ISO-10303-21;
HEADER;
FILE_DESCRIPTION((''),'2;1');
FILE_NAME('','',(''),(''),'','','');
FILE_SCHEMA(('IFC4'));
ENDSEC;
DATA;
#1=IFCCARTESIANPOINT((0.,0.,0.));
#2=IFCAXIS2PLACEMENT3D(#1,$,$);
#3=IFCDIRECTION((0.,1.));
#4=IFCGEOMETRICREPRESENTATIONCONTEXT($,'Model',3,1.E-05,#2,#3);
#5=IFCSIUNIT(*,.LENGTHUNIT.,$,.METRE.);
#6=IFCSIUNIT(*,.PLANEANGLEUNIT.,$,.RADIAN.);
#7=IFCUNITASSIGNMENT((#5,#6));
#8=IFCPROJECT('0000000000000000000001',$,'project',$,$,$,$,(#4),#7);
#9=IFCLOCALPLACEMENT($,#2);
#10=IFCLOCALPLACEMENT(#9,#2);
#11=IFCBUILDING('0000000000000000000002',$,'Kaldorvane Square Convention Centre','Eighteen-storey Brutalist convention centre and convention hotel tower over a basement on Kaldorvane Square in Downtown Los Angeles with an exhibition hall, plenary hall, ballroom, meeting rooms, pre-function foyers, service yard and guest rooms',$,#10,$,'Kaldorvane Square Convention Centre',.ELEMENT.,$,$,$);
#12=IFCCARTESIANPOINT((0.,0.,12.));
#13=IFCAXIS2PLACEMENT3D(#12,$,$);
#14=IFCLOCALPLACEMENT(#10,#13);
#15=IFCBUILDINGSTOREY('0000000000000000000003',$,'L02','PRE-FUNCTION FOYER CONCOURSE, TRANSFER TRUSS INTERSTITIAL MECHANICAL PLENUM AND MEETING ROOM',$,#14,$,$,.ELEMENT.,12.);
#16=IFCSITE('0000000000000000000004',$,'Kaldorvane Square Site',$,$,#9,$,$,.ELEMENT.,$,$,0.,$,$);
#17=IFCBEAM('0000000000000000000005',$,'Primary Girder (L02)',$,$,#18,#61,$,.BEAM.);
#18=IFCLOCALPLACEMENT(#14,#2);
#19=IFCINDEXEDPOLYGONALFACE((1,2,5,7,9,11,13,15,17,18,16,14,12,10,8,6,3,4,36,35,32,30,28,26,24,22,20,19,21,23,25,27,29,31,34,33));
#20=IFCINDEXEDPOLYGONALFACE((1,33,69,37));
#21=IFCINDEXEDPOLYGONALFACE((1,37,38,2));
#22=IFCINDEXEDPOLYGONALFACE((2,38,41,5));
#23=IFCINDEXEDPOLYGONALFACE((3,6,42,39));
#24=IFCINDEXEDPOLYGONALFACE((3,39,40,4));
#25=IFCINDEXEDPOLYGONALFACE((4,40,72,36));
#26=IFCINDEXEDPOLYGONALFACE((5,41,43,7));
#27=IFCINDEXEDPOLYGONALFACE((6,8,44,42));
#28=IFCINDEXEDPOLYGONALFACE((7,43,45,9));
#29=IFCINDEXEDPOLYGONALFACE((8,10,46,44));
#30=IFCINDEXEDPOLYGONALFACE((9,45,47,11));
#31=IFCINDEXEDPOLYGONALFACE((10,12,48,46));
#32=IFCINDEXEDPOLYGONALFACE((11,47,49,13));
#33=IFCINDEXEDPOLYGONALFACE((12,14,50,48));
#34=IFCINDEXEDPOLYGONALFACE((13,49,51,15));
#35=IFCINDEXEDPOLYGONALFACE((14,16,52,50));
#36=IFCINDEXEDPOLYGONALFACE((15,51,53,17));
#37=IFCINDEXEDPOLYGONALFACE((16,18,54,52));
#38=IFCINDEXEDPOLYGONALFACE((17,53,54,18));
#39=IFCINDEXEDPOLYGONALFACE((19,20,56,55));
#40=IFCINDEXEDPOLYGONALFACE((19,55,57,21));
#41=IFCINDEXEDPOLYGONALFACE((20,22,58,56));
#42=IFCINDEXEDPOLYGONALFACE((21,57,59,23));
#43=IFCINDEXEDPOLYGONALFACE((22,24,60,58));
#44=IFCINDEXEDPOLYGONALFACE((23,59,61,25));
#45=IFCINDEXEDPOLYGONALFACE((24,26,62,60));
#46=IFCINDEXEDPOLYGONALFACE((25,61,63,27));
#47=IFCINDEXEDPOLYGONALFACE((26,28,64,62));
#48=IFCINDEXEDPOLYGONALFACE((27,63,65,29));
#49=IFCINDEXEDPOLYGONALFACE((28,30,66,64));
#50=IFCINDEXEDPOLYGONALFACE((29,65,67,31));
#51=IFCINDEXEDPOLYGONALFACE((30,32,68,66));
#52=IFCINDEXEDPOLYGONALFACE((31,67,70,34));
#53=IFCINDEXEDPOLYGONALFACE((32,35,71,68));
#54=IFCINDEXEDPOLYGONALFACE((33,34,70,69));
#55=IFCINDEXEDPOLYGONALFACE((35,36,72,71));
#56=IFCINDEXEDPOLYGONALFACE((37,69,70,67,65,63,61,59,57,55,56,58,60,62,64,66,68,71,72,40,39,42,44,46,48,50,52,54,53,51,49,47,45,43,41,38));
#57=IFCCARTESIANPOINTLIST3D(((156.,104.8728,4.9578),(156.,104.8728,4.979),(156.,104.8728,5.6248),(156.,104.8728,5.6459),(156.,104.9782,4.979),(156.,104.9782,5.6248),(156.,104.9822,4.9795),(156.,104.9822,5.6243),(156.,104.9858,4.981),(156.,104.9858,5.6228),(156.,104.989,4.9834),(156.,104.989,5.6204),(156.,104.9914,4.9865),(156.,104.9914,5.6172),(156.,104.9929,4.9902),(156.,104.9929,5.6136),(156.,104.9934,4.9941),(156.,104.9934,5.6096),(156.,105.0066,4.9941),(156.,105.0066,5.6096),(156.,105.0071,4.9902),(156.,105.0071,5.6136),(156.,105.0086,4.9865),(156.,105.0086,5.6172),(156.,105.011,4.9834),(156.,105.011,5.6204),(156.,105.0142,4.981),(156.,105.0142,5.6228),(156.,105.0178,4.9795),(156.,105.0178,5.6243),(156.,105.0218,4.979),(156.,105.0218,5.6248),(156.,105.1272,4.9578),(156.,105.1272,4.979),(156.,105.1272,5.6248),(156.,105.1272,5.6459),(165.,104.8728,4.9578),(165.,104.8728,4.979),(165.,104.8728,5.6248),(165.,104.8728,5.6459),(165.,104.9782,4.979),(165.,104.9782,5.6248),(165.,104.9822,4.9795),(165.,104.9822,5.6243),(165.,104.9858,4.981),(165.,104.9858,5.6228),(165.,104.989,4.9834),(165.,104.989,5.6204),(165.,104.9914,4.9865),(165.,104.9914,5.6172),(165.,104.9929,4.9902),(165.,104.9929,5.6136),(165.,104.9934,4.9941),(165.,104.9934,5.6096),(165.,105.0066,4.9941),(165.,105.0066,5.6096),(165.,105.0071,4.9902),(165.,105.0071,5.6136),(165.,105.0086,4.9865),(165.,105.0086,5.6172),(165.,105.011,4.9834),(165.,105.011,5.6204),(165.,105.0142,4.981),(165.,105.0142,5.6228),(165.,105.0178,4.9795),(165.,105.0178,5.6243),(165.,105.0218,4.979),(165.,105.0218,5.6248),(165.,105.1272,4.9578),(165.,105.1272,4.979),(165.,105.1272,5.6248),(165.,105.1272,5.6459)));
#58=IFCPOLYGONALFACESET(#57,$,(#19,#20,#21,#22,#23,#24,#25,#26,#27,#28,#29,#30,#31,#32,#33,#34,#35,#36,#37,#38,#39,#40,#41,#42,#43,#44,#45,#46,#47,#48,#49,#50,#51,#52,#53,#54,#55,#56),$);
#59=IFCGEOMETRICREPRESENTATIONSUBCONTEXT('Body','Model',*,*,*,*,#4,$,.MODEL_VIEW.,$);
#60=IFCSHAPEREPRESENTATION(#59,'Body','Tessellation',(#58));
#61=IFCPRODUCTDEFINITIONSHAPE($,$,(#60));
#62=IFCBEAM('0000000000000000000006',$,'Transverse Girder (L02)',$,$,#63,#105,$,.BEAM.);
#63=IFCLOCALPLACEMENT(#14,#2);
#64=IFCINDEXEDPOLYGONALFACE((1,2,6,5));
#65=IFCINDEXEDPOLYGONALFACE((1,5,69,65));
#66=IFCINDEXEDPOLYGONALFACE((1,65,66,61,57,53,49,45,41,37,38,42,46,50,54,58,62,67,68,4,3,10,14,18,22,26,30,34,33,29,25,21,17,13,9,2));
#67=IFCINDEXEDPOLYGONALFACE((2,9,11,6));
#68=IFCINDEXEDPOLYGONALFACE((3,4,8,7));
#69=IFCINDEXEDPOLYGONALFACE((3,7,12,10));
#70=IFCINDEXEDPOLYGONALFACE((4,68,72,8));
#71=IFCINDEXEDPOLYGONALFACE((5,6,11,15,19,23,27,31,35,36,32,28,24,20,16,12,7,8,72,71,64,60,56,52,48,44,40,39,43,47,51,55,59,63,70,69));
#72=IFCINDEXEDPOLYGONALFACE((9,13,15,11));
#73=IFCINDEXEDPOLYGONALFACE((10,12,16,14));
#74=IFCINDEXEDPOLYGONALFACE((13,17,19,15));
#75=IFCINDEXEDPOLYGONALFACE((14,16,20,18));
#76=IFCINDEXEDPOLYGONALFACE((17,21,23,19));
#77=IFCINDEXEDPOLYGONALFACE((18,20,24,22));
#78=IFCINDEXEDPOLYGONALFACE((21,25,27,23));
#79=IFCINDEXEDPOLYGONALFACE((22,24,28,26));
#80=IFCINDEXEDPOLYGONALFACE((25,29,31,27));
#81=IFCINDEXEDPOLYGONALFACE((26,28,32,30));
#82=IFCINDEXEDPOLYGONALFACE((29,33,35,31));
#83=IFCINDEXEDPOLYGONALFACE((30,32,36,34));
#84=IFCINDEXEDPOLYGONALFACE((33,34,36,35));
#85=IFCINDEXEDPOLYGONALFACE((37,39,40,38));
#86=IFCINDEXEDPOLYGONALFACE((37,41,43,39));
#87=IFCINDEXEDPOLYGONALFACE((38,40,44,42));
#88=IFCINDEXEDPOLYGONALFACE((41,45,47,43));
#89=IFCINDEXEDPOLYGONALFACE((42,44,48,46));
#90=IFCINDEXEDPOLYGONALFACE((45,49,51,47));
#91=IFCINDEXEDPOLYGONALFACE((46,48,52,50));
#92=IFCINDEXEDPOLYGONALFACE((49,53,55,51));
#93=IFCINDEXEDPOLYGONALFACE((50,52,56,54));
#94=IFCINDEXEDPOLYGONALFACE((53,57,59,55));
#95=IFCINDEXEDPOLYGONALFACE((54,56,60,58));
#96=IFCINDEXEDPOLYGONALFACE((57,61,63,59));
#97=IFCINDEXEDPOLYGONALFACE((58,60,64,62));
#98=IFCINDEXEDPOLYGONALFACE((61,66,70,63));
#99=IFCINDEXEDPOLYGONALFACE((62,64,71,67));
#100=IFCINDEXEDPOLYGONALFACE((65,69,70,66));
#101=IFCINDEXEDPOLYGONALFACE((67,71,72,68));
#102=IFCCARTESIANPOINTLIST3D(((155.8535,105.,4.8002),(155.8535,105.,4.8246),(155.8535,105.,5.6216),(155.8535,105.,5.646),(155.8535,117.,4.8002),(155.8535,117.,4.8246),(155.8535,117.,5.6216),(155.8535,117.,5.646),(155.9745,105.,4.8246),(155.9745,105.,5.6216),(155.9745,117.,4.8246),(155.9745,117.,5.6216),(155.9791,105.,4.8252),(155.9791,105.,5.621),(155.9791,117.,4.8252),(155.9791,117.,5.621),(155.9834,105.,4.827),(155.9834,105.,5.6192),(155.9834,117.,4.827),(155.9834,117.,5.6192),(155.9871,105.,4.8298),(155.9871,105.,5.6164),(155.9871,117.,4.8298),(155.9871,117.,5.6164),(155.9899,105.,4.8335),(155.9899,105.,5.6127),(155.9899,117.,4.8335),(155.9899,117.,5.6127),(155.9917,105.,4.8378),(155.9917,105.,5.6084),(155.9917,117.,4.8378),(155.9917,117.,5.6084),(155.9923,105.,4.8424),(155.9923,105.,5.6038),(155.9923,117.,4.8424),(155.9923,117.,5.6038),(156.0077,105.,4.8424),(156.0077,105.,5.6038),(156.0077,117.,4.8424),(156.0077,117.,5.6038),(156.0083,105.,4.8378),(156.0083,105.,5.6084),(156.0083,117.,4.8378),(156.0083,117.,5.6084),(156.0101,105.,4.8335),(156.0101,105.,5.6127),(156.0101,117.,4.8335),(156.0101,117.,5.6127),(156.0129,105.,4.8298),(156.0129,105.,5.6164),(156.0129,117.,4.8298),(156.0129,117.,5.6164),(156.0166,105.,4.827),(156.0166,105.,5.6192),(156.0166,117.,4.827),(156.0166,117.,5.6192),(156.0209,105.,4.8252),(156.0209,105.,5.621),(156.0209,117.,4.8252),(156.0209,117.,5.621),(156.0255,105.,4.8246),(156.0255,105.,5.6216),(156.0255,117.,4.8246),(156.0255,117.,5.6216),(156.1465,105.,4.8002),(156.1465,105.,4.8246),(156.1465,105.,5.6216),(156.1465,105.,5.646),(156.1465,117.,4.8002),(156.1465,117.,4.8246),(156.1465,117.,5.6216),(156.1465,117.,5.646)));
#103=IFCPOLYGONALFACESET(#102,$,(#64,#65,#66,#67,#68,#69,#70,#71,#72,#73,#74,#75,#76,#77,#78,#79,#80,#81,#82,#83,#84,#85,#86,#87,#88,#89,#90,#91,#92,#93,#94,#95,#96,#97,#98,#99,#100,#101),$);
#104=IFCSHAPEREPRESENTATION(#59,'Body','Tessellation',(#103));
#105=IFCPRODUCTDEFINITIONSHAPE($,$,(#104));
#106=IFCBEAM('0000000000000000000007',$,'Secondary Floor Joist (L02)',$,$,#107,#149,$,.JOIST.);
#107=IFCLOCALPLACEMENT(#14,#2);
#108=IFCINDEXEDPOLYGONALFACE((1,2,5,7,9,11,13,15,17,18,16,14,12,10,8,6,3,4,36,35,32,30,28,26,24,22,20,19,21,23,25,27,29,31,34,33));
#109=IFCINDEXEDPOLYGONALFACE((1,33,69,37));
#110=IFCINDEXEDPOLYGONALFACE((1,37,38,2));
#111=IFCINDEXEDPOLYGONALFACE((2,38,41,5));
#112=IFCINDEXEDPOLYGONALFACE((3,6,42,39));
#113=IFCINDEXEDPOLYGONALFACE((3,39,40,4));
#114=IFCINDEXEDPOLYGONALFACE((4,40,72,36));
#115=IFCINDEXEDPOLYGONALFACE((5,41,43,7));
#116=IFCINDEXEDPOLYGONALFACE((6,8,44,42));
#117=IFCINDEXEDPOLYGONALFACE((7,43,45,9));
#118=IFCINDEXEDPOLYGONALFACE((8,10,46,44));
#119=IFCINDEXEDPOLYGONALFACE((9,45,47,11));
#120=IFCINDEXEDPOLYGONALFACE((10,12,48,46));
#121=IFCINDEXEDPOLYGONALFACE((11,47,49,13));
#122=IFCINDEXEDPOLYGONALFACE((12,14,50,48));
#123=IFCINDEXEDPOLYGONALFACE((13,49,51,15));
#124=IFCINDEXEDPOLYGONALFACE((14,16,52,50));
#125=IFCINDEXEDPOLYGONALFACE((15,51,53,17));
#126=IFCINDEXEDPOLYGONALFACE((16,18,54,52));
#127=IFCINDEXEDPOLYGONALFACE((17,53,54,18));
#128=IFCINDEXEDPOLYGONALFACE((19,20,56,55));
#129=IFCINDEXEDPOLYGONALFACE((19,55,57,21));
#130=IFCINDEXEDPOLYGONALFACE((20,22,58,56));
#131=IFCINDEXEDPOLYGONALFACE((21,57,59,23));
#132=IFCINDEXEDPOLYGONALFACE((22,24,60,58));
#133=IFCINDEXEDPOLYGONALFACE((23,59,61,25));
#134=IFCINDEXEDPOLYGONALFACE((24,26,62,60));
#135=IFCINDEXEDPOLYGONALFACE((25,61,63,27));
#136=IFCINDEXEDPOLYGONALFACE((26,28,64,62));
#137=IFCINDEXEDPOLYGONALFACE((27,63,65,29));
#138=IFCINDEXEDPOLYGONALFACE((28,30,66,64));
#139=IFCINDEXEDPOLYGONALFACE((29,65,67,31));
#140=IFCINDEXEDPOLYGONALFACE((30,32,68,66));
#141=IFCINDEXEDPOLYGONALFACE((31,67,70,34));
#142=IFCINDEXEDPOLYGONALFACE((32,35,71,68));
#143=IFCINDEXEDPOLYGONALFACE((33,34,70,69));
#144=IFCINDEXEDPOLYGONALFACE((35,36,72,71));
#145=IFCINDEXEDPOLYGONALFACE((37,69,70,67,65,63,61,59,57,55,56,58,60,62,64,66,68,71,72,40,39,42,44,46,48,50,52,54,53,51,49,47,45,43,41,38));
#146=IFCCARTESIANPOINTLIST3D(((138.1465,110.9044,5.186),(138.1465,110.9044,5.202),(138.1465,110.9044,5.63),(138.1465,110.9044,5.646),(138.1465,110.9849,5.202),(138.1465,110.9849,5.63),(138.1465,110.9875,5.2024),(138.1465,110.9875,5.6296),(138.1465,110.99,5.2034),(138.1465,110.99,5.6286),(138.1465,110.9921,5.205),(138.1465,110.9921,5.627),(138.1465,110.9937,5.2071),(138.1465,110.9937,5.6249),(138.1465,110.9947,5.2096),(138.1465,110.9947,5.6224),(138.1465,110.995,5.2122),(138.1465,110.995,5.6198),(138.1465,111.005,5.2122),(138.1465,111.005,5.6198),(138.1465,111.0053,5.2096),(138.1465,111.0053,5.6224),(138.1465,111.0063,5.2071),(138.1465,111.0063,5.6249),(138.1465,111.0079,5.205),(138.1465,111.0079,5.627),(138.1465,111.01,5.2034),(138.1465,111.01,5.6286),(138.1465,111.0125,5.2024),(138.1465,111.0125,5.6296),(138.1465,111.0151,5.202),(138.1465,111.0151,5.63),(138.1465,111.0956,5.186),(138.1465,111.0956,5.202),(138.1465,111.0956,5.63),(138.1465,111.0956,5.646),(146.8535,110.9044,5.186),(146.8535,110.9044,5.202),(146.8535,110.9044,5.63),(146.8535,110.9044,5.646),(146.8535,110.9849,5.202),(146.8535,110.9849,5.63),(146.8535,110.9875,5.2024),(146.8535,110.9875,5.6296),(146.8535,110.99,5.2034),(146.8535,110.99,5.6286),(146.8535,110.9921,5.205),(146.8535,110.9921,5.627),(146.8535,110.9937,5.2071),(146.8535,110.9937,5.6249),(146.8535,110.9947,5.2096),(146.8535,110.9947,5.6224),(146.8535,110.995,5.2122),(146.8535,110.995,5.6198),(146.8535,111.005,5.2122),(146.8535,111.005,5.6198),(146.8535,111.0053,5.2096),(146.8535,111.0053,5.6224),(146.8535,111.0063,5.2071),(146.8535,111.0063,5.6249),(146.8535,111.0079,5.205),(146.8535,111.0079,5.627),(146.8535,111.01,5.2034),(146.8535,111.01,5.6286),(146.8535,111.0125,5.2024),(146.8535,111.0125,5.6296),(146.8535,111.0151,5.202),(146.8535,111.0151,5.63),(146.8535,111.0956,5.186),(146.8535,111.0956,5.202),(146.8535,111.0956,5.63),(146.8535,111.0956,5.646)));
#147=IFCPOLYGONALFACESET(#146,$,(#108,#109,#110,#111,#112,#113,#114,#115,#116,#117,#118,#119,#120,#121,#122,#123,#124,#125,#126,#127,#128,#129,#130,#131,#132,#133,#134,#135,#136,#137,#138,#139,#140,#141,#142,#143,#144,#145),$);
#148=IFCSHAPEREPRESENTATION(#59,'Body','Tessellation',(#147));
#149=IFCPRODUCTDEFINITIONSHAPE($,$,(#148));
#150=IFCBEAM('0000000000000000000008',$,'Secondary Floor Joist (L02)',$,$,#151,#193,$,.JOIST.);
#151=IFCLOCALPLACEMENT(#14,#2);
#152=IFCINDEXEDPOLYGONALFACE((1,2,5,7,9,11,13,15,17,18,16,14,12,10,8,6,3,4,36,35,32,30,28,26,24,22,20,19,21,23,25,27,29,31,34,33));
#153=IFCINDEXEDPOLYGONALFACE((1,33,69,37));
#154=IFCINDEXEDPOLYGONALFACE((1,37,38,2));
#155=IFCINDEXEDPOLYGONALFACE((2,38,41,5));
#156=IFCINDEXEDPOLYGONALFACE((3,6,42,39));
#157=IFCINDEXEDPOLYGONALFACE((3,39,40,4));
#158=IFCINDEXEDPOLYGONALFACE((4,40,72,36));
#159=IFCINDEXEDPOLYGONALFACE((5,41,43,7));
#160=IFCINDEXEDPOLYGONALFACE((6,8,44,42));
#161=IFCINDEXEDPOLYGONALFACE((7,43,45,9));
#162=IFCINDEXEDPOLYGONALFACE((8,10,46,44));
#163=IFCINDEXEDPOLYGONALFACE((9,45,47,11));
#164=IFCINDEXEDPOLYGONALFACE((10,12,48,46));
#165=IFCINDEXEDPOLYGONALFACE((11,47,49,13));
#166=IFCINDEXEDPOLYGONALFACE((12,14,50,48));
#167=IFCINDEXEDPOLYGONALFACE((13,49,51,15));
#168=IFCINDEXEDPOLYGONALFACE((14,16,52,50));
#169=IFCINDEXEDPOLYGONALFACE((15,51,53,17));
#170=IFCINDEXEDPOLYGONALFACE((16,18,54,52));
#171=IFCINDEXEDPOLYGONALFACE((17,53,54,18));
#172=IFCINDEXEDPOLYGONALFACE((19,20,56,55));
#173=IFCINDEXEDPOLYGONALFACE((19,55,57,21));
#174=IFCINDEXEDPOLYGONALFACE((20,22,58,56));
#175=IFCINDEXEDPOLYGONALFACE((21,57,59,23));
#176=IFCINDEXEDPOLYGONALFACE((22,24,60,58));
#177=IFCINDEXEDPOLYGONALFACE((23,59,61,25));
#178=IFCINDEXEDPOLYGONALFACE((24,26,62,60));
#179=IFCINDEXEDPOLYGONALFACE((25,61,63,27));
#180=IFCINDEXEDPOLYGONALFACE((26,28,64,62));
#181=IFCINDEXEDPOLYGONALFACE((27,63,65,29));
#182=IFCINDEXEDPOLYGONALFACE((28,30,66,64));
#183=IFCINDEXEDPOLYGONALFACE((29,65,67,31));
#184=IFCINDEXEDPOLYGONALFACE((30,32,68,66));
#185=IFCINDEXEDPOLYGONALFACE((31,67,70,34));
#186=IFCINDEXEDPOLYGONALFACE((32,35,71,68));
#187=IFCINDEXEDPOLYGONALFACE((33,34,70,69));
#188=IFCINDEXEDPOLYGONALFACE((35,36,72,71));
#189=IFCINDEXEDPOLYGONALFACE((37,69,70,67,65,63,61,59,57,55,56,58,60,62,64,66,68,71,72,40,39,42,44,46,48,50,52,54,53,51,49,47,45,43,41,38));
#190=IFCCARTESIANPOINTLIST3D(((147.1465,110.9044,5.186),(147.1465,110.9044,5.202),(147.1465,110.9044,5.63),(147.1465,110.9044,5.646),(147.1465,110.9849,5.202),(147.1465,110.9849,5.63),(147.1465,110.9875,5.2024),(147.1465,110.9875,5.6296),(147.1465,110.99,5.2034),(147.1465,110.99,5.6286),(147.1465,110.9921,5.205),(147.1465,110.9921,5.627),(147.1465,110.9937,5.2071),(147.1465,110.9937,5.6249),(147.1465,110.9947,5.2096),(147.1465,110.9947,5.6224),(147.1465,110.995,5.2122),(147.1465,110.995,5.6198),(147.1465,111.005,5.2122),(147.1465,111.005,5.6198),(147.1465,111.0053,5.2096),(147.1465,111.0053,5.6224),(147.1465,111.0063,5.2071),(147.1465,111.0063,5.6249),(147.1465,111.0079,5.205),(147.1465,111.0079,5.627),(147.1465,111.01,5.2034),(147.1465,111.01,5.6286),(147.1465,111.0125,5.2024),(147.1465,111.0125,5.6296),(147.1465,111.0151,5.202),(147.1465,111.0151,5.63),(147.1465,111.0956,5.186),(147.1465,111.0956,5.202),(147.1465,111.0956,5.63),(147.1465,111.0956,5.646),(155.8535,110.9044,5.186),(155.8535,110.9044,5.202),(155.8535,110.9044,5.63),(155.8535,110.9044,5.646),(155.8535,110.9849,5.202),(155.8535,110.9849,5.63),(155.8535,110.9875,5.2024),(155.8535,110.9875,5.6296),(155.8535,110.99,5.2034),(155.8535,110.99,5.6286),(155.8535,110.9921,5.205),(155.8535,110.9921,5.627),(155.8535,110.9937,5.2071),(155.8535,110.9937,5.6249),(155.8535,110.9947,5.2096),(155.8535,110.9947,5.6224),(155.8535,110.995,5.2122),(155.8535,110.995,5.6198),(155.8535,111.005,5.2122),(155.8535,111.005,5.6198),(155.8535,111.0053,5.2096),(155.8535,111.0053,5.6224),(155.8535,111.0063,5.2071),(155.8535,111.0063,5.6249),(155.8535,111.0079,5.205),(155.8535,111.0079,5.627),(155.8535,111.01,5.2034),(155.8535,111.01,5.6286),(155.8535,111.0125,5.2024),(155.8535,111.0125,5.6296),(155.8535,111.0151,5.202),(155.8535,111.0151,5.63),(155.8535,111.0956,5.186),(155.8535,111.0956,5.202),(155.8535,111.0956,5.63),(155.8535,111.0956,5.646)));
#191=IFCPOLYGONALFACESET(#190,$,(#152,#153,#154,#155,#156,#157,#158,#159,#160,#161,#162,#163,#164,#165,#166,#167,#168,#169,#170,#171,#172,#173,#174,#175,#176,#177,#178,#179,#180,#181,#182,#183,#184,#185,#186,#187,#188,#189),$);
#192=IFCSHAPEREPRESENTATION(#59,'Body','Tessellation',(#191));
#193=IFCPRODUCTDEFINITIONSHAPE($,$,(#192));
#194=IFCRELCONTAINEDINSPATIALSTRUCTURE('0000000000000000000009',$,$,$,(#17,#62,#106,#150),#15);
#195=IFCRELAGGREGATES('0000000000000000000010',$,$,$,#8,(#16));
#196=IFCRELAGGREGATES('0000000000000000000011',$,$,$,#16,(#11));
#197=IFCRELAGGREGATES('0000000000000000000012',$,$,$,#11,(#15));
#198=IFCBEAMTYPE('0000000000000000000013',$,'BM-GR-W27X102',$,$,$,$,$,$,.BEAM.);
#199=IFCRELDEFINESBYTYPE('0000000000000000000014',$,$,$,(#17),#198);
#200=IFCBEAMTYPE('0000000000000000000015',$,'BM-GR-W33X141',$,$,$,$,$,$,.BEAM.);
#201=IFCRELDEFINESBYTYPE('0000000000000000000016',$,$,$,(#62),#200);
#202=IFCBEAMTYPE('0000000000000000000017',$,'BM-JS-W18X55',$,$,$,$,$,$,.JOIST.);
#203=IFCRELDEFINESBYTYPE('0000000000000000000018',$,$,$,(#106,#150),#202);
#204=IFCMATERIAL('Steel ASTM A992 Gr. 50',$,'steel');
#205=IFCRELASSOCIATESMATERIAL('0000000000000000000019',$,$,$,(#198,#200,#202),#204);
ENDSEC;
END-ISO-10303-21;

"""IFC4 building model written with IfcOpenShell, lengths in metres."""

from ifc_helpers import new_model, si_unit, direction, frame, origin, origin_2d, place, context, subcontext, project, spatial, i_section, extrude, material, material_profile, profile_set, type_object, element, save


model = new_model("IFC4")

# Units and contexts
model_context = context("Model", 3, precision=1e-05, world=origin(), true_north=direction((0.0, 1.0)))
body_context = subcontext(model_context, "Body", "Model", "MODEL_VIEW")
ifc_project = project(units=[si_unit("LENGTHUNIT", "METRE"), si_unit("PLANEANGLEUNIT", "RADIAN")], contexts=[model_context])

# Site, building, storey
site_placement = place(None, origin())
site = spatial("IfcSite", under=ifc_project, at=site_placement, Name="Kaldorvane Square Site", CompositionType="ELEMENT", RefElevation=0.0)
building_placement = place(site_placement, origin())
building = spatial("IfcBuilding", under=site, at=building_placement, Name="Kaldorvane Square Convention Centre", Description="Eighteen-storey Brutalist convention centre and convention hotel tower over a basement on Kaldorvane Square in Downtown Los Angeles with an exhibition hall, plenary hall, ballroom, meeting rooms, pre-function foyers, service yard and guest rooms", LongName="Kaldorvane Square Convention Centre", CompositionType="ELEMENT")
storey_placement = place(building_placement, frame((0.0, 0.0, 12.0)))
storey = spatial("IfcBuildingStorey", under=building, at=storey_placement, Name="L02", Description="PRE-FUNCTION FOYER CONCOURSE, TRANSFER TRUSS INTERSTITIAL MECHANICAL PLENUM AND MEETING ROOM", CompositionType="ELEMENT", Elevation=12.0)

# Shared definitions
ifc_material_1 = material(Name="Steel ASTM A992 Gr. 50", Category="steel")

# Beams
ifc_material_profile_1 = material_profile(ifc_material_1, i_section(OverallWidth=0.2544, OverallDepth=0.6881, WebThickness=0.0131, FlangeThickness=0.0211, FilletRadius=0.0152, at=origin_2d()), Name="W27X102")
ifc_profile_set_1 = profile_set([ifc_material_profile_1], Name="Steel ASTM A992 Gr. 50")
beam_type_1 = type_object("IfcBeamType", Name="BM-GR-W27X102", PredefinedType="BEAM", material=ifc_profile_set_1)
beam_1_placement = place(storey_placement, frame((156.0, 105.0, 5.3019), z_axis=(1.0, 0.0, 0.0), x_axis=(0.0, 1.0, 0.0)))
element("IfcBeam", 1, at=beam_1_placement, inside=storey, type_object=beam_type_1, Name="Primary Girder (L02)", PredefinedType="BEAM", context=body_context, shape_type="SweptSolid", body=[
    extrude(i_section(OverallWidth=0.2544, OverallDepth=0.6881, WebThickness=0.0131, FlangeThickness=0.0211, FilletRadius=0.0152, at=origin_2d()), origin(), (0.0, 0.0, 1.0), 9.0),
])
ifc_material_profile_2 = material_profile(ifc_material_1, i_section(OverallWidth=0.293, OverallDepth=0.8458, WebThickness=0.0154, FlangeThickness=0.0244, FilletRadius=0.0178, at=origin_2d()), Name="W33X141")
ifc_profile_set_2 = profile_set([ifc_material_profile_2], Name="Steel ASTM A992 Gr. 50")
beam_type_2 = type_object("IfcBeamType", Name="BM-GR-W33X141", PredefinedType="BEAM", material=ifc_profile_set_2)
beam_2_placement = place(storey_placement, frame((156.0, 105.0, 5.2231), z_axis=(0.0, 1.0, 0.0), x_axis=(-1.0, 0.0, 0.0)))
element("IfcBeam", 2, at=beam_2_placement, inside=storey, type_object=beam_type_2, Name="Transverse Girder (L02)", PredefinedType="BEAM", context=body_context, shape_type="SweptSolid", body=[
    extrude(i_section(OverallWidth=0.293, OverallDepth=0.8458, WebThickness=0.0154, FlangeThickness=0.0244, FilletRadius=0.0178, at=origin_2d()), origin(), (0.0, 0.0, 1.0), 12.0),
])
ifc_material_profile_3 = material_profile(ifc_material_1, i_section(OverallWidth=0.1913, OverallDepth=0.46, WebThickness=0.0099, FlangeThickness=0.016, FilletRadius=0.0102, at=origin_2d()), Name="W18X55")
ifc_profile_set_3 = profile_set([ifc_material_profile_3], Name="Steel ASTM A992 Gr. 50")
beam_type_3 = type_object("IfcBeamType", Name="BM-JS-W18X55", PredefinedType="JOIST", material=ifc_profile_set_3)
for number, where, z_axis, x_axis, name in (
    (3, (138.1465, 111.0, 5.416), (1.0, 0.0, 0.0), (0.0, 1.0, 0.0), "Secondary Floor Joist (L02)"),
    (4, (147.1465, 111.0, 5.416), (1.0, 0.0, 0.0), (0.0, 1.0, 0.0), "Secondary Floor Joist (L02)"),
):
    element("IfcBeam", number, at=place(storey_placement, frame(where, z_axis=z_axis, x_axis=x_axis)), inside=storey, type_object=beam_type_3, Name=name, PredefinedType="JOIST", context=body_context, shape_type="SweptSolid", body=[
        extrude(i_section(OverallWidth=0.1913, OverallDepth=0.46, WebThickness=0.0099, FlangeThickness=0.016, FilletRadius=0.0102, at=origin_2d()), origin(), (0.0, 0.0, 1.0), 8.707),
    ])

save(model, "model.ifc")
